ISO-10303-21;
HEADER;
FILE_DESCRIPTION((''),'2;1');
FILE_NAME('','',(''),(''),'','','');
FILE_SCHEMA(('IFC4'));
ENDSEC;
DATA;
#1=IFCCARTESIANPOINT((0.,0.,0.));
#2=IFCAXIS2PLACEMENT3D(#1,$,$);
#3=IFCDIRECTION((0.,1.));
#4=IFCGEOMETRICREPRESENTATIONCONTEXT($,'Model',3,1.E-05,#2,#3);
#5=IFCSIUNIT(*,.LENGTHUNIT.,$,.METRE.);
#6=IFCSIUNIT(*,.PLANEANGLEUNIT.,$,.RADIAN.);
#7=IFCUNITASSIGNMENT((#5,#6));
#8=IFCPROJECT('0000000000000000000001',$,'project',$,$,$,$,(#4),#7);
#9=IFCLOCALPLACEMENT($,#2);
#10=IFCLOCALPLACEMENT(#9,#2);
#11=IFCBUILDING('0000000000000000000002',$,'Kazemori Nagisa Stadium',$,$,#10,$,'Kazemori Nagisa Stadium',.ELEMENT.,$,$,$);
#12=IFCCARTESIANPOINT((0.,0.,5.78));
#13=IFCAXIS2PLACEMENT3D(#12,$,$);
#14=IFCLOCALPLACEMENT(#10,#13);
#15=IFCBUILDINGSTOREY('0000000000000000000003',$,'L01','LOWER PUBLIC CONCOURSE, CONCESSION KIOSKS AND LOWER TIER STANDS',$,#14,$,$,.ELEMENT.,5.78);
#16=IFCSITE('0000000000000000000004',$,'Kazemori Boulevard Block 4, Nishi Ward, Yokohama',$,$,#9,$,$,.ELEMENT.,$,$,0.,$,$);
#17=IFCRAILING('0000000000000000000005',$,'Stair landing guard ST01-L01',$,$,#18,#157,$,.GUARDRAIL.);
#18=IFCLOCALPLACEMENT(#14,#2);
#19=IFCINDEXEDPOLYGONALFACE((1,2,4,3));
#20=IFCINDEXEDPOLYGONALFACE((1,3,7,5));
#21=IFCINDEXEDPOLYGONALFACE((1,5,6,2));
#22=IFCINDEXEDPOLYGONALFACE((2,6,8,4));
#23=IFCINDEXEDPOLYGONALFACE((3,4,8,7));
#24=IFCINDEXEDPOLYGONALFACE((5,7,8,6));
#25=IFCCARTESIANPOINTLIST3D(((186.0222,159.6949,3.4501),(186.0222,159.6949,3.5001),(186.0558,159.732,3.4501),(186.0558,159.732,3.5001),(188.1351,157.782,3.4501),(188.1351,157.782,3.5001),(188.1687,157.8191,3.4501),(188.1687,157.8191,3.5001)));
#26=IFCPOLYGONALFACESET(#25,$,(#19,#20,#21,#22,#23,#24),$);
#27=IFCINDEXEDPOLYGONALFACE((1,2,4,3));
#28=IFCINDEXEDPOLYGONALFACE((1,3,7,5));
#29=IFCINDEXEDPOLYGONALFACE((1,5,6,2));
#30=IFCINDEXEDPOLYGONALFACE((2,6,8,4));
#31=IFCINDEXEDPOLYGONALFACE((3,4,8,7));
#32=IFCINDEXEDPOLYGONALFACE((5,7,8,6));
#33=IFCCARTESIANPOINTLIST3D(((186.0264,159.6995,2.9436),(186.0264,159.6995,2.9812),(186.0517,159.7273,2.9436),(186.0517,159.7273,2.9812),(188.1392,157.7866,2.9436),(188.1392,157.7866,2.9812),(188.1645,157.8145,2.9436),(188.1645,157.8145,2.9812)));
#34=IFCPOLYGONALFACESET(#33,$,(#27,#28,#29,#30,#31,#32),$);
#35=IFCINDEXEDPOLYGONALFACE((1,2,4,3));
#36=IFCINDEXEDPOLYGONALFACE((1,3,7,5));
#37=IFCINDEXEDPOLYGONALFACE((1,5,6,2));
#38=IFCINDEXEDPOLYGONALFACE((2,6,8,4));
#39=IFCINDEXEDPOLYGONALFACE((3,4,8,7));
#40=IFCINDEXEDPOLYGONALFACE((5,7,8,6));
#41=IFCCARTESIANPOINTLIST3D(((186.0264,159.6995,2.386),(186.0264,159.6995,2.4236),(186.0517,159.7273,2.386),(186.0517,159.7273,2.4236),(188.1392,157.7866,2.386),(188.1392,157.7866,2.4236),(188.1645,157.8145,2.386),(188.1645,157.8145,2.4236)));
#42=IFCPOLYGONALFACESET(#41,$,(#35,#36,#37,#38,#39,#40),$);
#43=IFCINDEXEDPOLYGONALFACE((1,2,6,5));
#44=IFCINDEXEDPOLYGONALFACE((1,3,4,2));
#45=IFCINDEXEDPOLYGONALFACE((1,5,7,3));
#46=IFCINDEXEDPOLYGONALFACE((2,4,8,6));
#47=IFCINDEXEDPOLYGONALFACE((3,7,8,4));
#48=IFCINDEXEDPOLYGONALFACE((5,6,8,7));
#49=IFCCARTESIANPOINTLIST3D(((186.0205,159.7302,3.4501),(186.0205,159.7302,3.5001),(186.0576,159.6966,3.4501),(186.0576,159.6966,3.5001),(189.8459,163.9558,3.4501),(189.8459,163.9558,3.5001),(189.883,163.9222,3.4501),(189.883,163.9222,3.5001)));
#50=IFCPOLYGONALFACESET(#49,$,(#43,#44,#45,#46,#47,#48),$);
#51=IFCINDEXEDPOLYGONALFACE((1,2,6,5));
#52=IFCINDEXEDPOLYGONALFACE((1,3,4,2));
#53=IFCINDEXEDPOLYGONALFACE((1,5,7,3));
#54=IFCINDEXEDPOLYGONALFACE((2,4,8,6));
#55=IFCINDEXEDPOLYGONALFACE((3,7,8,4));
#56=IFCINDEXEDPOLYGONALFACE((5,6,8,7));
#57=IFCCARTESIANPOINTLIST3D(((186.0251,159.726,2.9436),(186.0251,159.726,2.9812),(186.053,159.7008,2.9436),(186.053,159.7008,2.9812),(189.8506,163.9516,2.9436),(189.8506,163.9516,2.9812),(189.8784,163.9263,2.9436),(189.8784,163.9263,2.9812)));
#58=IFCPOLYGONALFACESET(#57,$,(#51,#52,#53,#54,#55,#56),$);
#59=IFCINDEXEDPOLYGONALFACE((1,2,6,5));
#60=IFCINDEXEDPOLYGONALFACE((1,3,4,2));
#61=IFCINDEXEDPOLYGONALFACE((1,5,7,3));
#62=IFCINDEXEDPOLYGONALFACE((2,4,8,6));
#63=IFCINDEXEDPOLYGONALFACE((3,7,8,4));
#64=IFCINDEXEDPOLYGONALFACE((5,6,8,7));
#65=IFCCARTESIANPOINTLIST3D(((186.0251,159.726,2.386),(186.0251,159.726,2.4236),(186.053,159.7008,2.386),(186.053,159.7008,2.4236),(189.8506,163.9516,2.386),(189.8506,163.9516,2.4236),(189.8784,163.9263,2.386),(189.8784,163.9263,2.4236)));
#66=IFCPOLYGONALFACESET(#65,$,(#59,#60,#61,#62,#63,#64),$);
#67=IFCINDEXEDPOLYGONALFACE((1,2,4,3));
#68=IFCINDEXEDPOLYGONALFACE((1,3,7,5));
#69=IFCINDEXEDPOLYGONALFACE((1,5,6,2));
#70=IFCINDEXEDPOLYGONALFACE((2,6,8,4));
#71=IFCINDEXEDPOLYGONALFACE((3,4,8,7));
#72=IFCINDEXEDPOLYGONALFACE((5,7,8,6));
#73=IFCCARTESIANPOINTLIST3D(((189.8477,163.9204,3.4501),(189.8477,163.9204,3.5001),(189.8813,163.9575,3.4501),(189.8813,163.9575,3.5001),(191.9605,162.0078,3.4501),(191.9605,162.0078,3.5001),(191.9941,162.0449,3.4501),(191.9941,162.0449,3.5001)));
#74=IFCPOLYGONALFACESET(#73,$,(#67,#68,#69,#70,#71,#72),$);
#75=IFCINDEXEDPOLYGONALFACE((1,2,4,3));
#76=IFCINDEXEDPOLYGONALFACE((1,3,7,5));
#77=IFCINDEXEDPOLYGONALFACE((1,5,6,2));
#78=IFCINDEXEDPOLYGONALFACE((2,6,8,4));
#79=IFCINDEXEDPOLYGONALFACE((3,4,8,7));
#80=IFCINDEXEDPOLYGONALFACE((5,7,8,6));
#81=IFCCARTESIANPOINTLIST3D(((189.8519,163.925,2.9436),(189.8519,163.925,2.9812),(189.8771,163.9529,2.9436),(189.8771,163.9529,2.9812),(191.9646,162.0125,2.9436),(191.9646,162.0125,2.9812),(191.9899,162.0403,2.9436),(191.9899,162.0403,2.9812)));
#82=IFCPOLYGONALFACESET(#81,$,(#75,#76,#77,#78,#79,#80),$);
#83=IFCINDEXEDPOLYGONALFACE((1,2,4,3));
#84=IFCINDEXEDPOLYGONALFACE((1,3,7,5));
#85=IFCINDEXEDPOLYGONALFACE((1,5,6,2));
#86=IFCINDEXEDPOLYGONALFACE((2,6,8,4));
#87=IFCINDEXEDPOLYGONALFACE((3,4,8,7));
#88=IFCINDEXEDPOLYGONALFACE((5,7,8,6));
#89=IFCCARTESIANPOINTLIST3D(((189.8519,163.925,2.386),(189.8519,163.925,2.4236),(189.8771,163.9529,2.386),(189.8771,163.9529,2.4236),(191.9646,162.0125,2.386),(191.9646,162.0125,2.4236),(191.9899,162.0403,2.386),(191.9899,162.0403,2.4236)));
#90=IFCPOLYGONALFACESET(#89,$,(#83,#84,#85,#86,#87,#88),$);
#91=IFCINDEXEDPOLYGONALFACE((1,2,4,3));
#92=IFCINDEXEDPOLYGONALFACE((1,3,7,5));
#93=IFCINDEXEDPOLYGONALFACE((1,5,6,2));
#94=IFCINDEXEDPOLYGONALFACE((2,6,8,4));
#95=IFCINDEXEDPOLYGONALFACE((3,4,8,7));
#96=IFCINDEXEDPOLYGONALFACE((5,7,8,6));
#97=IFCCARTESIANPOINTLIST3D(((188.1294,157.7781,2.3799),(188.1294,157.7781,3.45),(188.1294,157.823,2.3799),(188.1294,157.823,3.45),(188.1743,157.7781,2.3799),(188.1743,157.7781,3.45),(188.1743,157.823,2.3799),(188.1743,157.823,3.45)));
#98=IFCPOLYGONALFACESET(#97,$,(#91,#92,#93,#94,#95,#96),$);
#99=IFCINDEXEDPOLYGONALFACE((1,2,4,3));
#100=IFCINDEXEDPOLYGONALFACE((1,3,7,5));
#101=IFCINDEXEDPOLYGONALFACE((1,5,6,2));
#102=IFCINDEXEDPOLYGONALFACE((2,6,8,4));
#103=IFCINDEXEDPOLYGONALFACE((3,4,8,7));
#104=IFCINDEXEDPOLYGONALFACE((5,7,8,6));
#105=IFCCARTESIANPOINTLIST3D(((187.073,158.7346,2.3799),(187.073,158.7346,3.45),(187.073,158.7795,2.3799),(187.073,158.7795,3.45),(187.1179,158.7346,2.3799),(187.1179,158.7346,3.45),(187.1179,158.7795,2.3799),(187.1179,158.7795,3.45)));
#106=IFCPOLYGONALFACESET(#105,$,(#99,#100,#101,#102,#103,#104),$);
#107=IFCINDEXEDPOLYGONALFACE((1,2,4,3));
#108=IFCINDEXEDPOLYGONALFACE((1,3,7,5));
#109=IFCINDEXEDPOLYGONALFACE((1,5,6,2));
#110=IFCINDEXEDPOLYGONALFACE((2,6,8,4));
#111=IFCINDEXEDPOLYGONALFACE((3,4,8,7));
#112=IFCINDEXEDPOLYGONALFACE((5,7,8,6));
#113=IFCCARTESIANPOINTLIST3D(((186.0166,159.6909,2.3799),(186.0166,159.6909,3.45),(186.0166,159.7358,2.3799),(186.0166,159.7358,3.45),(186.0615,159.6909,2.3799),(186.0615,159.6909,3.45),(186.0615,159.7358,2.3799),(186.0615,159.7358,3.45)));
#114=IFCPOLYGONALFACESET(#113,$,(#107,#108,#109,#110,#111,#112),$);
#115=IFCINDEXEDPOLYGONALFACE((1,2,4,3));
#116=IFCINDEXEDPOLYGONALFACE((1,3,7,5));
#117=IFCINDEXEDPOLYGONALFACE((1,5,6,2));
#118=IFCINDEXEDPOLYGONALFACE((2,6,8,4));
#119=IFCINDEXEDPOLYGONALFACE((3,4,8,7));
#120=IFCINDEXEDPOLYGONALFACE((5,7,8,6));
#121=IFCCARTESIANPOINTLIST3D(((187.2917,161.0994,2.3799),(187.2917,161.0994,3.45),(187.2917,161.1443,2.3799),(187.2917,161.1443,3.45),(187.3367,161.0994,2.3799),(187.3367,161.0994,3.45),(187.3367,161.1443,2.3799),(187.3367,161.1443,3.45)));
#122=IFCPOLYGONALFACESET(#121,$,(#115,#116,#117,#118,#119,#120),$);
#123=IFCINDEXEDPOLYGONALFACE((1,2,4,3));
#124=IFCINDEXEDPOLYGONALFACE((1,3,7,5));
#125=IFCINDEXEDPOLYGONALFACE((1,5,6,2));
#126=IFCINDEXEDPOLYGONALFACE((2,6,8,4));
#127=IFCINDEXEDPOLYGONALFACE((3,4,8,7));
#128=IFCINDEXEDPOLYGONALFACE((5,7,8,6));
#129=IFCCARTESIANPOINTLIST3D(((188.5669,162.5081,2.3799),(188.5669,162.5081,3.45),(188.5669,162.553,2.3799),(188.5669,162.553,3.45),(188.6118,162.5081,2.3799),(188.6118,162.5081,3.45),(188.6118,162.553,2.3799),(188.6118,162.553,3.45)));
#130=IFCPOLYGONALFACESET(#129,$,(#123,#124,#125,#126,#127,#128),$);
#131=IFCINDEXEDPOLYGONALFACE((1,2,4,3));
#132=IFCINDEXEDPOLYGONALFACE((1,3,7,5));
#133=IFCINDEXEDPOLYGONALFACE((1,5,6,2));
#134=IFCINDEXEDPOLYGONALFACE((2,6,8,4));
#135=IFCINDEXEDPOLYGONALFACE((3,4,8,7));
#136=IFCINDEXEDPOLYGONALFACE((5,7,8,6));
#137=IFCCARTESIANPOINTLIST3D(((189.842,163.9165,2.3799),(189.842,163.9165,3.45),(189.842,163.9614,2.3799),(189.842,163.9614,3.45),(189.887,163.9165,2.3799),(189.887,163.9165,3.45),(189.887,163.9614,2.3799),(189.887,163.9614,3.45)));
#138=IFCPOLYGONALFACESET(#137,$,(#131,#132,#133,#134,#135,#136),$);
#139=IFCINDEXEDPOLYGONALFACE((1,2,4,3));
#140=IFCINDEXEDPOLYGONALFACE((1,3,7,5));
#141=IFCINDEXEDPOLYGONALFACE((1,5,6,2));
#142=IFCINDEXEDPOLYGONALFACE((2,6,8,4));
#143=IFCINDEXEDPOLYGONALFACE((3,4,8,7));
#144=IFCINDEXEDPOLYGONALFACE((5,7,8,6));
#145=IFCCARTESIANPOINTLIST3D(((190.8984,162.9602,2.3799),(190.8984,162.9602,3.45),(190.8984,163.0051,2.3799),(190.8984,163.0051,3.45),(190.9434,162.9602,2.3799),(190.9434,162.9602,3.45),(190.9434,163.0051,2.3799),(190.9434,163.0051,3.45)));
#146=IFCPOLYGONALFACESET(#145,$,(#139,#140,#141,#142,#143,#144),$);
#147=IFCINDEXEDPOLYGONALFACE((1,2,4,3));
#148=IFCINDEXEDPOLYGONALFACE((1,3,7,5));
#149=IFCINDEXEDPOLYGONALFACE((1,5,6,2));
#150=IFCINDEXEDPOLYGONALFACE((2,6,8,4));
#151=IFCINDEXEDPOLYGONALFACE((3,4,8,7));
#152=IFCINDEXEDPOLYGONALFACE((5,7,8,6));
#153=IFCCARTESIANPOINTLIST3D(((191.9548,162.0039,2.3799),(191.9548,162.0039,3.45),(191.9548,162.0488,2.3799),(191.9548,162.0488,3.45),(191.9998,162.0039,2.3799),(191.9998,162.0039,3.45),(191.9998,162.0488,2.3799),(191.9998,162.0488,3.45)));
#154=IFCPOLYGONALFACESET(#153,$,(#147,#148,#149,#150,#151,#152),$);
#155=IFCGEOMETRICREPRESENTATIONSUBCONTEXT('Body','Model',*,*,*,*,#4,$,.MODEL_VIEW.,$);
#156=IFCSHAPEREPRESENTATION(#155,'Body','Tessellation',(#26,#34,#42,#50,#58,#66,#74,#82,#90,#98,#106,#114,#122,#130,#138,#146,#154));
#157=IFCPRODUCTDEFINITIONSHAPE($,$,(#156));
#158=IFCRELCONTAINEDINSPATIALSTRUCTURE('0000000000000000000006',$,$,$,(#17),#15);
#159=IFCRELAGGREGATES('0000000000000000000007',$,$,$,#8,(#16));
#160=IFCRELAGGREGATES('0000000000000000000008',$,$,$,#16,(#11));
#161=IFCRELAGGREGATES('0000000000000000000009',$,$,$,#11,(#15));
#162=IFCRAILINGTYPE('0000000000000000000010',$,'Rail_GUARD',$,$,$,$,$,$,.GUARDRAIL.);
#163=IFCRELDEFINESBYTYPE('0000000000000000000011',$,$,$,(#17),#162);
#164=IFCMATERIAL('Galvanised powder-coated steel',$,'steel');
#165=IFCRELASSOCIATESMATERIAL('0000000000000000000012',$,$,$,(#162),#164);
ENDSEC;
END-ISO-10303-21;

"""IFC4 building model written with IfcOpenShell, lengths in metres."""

from ifc_helpers import new_model, si_unit, direction, frame, origin, origin_2d, place, context, subcontext, project, spatial, rectangle, extrude, material, type_object, element, save


model = new_model("IFC4")

# Units and contexts
model_context = context("Model", 3, precision=1e-05, world=origin(), true_north=direction((0.0, 1.0)))
body_context = subcontext(model_context, "Body", "Model", "MODEL_VIEW")
ifc_project = project(units=[si_unit("LENGTHUNIT", "METRE"), si_unit("PLANEANGLEUNIT", "RADIAN")], contexts=[model_context])

# Site, building, storey
site_placement = place(None, origin())
site = spatial("IfcSite", under=ifc_project, at=site_placement, Name="Kazemori Boulevard Block 4, Nishi Ward, Yokohama", CompositionType="ELEMENT", RefElevation=0.0)
building_placement = place(site_placement, origin())
building = spatial("IfcBuilding", under=site, at=building_placement, Name="Kazemori Nagisa Stadium", LongName="Kazemori Nagisa Stadium", CompositionType="ELEMENT")
storey_placement = place(building_placement, frame((0.0, 0.0, 5.78)))
storey = spatial("IfcBuildingStorey", under=building, at=storey_placement, Name="L01", Description="LOWER PUBLIC CONCOURSE, CONCESSION KIOSKS AND LOWER TIER STANDS", CompositionType="ELEMENT", Elevation=5.78)

# Railing
ifc_material_1 = material(Name="Galvanised powder-coated steel", Category="steel")
railing_type = type_object("IfcRailingType", Name="Rail_GUARD", PredefinedType="GUARDRAIL", material=ifc_material_1)
railing_1_placement = place(storey_placement, frame((188.1519, 157.8005, 2.3799)))
element("IfcRailing", 1, at=railing_1_placement, inside=storey, type_object=railing_type, Name="Stair landing guard ST01-L01", PredefinedType="GUARDRAIL", context=body_context, shape_type="SweptSolid", body=[
    extrude(rectangle(XDim=0.05, YDim=0.05, at=origin_2d()), frame((0.0, 0.0, 1.0952), z_axis=(-0.741315, 0.671158, 0.0), x_axis=(-0.671158, -0.741315, 0.0)), (0.0, 0.0, 1.0), 2.8501),
    extrude(rectangle(XDim=0.0376, YDim=0.0376, at=origin_2d()), frame((0.0, 0.0, 0.5825), z_axis=(-0.741315, 0.671158, 0.0), x_axis=(-0.671158, -0.741315, 0.0)), (0.0, 0.0, 1.0), 2.8501),
    extrude(rectangle(XDim=0.0376, YDim=0.0376, at=origin_2d()), frame((0.0, 0.0, 0.0249), z_axis=(-0.741315, 0.671158, 0.0), x_axis=(-0.671158, -0.741315, 0.0)), (0.0, 0.0, 1.0), 2.8501),
    extrude(rectangle(XDim=0.05, YDim=0.05, at=origin_2d()), frame((-2.1128, 1.9128, 1.0952), z_axis=(0.671134, 0.741336, 0.0), x_axis=(-0.741336, 0.671134, 0.0)), (0.0, 0.0, 1.0), 5.7),
    extrude(rectangle(XDim=0.0376, YDim=0.0376, at=origin_2d()), frame((-2.1128, 1.9128, 0.5825), z_axis=(0.671134, 0.741336, 0.0), x_axis=(-0.741336, 0.671134, 0.0)), (0.0, 0.0, 1.0), 5.7),
    extrude(rectangle(XDim=0.0376, YDim=0.0376, at=origin_2d()), frame((-2.1128, 1.9128, 0.0249), z_axis=(0.671134, 0.741336, 0.0), x_axis=(-0.741336, 0.671134, 0.0)), (0.0, 0.0, 1.0), 5.7),
    extrude(rectangle(XDim=0.05, YDim=0.05, at=origin_2d()), frame((1.7126, 6.1384, 1.0952), z_axis=(0.741357, -0.671111, 0.0), x_axis=(0.671111, 0.741357, 0.0)), (0.0, 0.0, 1.0), 2.8499),
    extrude(rectangle(XDim=0.0376, YDim=0.0376, at=origin_2d()), frame((1.7126, 6.1384, 0.5825), z_axis=(0.741357, -0.671111, 0.0), x_axis=(0.671111, 0.741357, 0.0)), (0.0, 0.0, 1.0), 2.8499),
    extrude(rectangle(XDim=0.0376, YDim=0.0376, at=origin_2d()), frame((1.7126, 6.1384, 0.0249), z_axis=(0.741357, -0.671111, 0.0), x_axis=(0.671111, 0.741357, 0.0)), (0.0, 0.0, 1.0), 2.8499),
    extrude(rectangle(XDim=0.0449, YDim=0.0449, at=origin_2d()), origin(), (0.0, 0.0, 1.0), 1.0701),
    extrude(rectangle(XDim=0.0449, YDim=0.0449, at=origin_2d()), frame((-1.0564, 0.9565, 0.0)), (0.0, 0.0, 1.0), 1.0701),
    extrude(rectangle(XDim=0.0449, YDim=0.0449, at=origin_2d()), frame((-2.1128, 1.9128, 0.0)), (0.0, 0.0, 1.0), 1.0701),
    extrude(rectangle(XDim=0.0449, YDim=0.0449, at=origin_2d()), frame((-0.8376, 3.3213, 0.0)), (0.0, 0.0, 1.0), 1.0701),
    extrude(rectangle(XDim=0.0449, YDim=0.0449, at=origin_2d()), frame((0.4375, 4.73, 0.0)), (0.0, 0.0, 1.0), 1.0701),
    extrude(rectangle(XDim=0.0449, YDim=0.0449, at=origin_2d()), frame((1.7126, 6.1384, 0.0)), (0.0, 0.0, 1.0), 1.0701),
    extrude(rectangle(XDim=0.0449, YDim=0.0449, at=origin_2d()), frame((2.769, 5.1821, 0.0)), (0.0, 0.0, 1.0), 1.0701),
    extrude(rectangle(XDim=0.0449, YDim=0.0449, at=origin_2d()), frame((3.8254, 4.2258, 0.0)), (0.0, 0.0, 1.0), 1.0701),
])

save(model, "model.ifc")
